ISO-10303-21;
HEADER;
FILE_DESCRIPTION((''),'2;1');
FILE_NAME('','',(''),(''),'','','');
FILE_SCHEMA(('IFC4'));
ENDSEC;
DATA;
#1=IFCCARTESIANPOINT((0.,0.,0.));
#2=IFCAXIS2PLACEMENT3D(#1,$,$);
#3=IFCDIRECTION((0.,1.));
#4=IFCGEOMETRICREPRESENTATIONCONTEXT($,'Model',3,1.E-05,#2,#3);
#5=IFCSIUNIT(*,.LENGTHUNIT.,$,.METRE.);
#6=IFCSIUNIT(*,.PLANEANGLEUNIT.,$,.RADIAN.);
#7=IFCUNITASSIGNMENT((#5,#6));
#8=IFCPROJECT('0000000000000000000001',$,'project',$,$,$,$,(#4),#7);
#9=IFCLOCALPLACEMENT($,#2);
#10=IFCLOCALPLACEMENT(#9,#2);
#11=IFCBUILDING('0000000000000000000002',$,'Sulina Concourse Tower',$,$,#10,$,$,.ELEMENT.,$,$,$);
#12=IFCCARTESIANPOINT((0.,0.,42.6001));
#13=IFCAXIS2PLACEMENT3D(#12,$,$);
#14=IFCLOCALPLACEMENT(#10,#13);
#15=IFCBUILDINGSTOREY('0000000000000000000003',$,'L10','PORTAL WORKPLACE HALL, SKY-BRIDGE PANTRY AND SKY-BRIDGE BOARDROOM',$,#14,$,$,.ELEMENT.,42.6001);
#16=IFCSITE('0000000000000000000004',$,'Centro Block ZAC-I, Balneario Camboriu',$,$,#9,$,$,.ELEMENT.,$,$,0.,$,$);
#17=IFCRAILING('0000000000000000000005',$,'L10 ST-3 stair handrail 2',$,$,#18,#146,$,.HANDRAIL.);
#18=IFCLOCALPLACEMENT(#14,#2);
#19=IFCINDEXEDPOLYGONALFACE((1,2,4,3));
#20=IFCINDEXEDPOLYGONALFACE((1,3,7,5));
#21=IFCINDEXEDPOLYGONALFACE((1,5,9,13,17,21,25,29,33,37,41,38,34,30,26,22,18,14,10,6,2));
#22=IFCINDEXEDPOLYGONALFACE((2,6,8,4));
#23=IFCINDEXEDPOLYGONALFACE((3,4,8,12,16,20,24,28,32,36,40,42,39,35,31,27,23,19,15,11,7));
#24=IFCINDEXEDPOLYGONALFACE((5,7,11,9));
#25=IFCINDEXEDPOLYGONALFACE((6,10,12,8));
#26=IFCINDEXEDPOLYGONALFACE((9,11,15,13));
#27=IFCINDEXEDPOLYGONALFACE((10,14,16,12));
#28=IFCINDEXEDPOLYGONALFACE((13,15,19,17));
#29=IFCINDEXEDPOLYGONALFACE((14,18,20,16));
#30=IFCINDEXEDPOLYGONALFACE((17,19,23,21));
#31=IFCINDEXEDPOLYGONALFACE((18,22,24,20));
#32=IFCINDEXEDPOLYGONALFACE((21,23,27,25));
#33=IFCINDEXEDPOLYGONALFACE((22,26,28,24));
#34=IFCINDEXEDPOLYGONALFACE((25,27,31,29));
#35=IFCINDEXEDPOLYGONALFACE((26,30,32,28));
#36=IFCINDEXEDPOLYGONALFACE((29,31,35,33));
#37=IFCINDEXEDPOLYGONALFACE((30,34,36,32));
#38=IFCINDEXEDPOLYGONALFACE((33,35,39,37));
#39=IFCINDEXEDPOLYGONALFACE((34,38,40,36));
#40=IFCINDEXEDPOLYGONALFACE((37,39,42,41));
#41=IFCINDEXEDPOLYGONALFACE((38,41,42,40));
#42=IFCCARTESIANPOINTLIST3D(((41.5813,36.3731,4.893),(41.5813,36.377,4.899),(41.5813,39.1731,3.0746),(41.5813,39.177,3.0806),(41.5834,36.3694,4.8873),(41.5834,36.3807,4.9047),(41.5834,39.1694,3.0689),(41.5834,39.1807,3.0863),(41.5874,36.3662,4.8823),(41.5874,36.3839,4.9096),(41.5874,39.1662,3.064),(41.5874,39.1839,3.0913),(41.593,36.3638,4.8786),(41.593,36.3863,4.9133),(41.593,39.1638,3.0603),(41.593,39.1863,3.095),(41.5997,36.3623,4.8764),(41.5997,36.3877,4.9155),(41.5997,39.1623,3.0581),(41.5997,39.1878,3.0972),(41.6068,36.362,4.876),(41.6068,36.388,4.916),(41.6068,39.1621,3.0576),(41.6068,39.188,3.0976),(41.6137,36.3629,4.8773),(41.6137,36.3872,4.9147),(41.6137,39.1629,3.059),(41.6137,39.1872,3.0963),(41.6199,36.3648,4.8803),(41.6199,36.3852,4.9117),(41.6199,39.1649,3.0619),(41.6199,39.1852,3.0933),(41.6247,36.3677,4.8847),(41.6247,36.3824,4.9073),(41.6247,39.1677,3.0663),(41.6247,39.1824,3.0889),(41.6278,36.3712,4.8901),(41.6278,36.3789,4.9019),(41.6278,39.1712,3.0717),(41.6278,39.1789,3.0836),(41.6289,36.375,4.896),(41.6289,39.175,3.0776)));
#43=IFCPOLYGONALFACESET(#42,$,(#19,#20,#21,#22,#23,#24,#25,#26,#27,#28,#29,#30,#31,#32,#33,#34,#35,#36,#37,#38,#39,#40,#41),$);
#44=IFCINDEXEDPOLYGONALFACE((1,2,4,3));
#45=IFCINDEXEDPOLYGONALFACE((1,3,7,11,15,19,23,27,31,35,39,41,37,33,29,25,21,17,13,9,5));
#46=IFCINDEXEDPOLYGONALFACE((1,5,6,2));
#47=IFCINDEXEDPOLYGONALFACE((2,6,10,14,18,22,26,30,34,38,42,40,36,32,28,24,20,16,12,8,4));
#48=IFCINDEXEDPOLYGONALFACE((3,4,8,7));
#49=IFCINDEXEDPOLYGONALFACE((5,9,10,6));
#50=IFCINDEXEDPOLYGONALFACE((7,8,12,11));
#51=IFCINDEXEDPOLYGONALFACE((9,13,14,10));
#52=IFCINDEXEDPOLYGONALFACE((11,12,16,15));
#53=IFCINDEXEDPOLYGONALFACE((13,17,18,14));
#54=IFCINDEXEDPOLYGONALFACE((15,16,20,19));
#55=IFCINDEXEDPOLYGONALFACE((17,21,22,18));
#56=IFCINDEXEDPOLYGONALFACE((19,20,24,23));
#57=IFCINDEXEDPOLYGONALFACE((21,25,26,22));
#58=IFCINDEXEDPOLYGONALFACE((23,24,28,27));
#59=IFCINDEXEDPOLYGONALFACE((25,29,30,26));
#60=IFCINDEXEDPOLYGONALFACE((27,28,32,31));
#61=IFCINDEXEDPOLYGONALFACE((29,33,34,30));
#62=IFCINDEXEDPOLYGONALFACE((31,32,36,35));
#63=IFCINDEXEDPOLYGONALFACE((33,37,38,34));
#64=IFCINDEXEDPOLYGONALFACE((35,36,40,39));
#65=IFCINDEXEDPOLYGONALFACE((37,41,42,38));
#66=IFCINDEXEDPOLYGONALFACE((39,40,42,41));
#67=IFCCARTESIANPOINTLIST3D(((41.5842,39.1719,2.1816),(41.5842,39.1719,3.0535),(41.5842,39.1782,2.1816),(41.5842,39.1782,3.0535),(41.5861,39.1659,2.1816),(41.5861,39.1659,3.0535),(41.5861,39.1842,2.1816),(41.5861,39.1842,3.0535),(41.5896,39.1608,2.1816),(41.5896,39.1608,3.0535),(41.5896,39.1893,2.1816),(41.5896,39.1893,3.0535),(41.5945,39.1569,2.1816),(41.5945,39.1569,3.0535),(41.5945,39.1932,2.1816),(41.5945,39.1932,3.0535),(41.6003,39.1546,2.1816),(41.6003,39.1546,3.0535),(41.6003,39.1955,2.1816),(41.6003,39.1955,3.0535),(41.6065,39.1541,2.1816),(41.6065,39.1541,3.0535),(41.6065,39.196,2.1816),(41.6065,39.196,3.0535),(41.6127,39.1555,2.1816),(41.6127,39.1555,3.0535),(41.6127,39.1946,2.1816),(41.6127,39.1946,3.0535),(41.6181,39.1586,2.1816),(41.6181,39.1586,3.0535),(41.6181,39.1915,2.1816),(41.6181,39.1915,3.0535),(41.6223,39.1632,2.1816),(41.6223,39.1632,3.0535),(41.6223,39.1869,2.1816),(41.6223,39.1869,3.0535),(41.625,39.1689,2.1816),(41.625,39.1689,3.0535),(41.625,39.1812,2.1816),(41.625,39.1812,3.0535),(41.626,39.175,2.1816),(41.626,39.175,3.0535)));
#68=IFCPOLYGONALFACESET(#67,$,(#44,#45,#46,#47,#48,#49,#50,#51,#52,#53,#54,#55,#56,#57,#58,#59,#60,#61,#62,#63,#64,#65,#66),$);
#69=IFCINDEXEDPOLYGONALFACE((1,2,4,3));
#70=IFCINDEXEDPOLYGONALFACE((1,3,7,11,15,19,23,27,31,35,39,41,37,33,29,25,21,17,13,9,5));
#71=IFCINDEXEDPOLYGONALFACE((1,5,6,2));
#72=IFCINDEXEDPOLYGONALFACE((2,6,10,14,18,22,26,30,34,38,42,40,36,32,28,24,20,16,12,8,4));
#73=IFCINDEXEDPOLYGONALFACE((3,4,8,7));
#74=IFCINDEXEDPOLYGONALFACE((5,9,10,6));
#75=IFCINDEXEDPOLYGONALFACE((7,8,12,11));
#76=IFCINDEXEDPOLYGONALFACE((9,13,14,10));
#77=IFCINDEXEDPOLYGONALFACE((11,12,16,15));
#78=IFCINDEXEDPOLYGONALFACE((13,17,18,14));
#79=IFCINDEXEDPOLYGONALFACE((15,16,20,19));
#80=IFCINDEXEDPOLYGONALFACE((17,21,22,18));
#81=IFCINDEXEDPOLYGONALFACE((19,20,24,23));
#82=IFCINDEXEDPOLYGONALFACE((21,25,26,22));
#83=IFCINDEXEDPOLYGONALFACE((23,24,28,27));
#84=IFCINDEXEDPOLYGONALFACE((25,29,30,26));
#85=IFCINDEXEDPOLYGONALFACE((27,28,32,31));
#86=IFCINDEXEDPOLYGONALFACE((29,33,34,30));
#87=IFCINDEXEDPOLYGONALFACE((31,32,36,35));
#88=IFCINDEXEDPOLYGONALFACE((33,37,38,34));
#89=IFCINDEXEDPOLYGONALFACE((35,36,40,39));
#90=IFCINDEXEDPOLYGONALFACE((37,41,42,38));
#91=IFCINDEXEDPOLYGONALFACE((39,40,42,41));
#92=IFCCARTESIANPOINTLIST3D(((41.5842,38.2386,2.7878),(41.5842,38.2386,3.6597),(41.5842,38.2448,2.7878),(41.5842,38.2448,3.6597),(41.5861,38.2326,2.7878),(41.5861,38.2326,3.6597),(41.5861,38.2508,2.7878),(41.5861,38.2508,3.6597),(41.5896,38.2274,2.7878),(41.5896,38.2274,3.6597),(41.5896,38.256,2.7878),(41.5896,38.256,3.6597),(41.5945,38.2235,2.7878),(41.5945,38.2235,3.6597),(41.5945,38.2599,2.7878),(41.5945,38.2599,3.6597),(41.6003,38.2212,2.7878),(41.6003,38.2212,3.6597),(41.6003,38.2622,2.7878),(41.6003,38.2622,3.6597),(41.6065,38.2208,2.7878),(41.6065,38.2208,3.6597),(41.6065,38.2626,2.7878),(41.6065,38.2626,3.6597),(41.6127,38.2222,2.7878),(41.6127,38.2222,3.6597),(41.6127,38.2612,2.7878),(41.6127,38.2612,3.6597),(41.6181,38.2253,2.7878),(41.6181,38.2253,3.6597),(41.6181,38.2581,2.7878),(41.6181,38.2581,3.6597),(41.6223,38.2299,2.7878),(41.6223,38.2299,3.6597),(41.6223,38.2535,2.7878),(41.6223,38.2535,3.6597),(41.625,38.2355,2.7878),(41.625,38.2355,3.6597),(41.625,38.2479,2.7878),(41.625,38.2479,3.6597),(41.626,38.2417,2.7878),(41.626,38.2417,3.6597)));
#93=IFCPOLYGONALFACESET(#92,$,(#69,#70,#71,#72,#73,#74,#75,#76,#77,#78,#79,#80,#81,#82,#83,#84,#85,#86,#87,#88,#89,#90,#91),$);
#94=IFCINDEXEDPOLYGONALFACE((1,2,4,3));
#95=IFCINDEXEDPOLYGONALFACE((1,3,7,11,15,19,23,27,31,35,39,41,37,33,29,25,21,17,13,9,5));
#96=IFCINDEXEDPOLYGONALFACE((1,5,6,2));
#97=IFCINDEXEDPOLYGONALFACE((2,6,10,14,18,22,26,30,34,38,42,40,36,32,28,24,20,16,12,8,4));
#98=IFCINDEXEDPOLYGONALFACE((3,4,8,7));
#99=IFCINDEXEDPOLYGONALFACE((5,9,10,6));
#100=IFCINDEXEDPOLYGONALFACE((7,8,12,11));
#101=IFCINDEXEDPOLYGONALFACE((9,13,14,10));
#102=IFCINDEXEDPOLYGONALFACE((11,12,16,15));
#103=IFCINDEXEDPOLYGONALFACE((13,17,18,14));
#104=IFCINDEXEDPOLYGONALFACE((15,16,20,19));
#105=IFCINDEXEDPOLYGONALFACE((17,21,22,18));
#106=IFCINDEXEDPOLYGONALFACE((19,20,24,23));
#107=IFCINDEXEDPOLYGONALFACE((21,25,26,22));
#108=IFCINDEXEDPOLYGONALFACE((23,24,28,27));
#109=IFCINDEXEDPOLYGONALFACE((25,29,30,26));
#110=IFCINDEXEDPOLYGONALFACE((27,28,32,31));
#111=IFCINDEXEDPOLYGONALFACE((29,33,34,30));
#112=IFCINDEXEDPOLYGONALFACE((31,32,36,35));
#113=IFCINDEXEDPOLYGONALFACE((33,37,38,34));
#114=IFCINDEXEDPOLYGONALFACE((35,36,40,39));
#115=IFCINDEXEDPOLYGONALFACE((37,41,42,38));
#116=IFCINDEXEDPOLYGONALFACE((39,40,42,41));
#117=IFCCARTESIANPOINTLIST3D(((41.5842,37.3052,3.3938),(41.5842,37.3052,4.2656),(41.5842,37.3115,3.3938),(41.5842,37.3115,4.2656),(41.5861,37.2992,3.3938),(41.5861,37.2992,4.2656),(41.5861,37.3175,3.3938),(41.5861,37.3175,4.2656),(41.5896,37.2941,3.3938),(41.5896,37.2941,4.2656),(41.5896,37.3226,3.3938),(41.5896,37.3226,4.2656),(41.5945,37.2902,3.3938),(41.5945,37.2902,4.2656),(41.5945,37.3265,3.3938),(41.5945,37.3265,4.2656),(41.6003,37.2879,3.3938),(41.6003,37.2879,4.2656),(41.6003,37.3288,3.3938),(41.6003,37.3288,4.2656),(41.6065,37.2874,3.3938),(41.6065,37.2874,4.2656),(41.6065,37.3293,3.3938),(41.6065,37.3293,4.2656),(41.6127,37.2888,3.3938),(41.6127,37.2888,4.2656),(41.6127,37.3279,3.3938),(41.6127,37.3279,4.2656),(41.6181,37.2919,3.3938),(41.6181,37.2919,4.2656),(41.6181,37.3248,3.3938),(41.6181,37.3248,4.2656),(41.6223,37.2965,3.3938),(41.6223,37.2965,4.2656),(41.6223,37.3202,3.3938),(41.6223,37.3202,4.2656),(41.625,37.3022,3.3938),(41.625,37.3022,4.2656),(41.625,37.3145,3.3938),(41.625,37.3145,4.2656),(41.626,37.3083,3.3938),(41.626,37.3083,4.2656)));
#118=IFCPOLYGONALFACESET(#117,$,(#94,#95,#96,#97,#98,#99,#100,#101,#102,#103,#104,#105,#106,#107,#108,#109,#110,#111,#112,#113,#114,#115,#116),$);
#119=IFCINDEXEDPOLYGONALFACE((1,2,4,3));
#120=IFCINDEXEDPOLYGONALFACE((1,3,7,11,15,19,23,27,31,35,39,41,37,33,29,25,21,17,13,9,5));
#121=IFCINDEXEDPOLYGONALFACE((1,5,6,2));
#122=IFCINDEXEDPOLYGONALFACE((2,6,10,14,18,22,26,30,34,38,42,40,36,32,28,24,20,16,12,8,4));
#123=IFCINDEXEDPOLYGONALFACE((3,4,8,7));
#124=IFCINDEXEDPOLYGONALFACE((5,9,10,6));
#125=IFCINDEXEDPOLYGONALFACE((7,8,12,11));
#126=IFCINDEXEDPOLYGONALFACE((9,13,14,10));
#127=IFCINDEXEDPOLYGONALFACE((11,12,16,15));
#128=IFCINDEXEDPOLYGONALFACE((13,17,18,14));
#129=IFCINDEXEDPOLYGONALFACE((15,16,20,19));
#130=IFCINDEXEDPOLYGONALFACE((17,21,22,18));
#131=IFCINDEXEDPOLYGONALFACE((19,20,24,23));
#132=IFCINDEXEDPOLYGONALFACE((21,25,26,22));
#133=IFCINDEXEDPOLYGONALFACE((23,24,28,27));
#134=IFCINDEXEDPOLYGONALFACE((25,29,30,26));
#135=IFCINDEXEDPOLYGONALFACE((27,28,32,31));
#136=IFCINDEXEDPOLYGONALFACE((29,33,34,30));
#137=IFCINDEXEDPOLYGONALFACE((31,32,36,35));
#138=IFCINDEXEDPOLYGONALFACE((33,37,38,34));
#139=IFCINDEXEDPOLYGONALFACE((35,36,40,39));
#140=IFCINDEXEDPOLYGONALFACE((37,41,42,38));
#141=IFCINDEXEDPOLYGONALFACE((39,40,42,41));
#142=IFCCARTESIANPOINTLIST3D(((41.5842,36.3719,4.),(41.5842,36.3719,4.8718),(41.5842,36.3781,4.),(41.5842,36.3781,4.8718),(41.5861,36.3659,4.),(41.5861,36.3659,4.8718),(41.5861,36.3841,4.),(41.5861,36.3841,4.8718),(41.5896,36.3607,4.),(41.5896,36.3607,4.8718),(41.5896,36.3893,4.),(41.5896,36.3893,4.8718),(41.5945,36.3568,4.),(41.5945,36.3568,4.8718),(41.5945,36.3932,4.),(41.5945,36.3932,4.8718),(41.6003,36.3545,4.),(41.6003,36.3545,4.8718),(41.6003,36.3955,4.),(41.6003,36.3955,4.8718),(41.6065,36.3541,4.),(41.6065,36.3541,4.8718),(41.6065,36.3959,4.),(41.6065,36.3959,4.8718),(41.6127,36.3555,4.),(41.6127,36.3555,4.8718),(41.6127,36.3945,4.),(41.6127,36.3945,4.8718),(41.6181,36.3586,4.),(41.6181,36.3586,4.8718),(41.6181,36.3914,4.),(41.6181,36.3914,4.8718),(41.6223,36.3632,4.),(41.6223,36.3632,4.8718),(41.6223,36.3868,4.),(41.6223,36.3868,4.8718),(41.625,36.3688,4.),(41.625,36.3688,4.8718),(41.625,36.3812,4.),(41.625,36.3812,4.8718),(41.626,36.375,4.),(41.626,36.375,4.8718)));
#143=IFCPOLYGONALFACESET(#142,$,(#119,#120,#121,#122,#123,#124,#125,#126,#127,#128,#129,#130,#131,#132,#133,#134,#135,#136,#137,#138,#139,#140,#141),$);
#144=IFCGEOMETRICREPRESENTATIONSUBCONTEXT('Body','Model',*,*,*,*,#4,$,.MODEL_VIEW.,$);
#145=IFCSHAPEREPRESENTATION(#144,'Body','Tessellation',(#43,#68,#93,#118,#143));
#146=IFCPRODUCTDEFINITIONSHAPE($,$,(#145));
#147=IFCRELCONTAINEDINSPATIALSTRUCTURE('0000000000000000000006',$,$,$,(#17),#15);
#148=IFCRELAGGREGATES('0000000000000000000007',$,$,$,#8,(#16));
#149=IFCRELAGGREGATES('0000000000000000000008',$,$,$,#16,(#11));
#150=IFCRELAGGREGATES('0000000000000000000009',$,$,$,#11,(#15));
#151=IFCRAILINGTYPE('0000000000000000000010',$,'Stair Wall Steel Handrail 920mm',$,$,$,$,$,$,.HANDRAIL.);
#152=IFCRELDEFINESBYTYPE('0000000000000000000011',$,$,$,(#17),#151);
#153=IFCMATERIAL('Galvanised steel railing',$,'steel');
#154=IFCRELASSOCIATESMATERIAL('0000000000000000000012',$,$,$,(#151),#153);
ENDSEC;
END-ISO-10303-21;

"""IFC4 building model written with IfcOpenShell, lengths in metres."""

from ifc_helpers import new_model, si_unit, direction, frame, origin, origin_2d, place, context, subcontext, project, spatial, circle, extrude, material, type_object, element, save


model = new_model("IFC4")

# Units and contexts
model_context = context("Model", 3, precision=1e-05, world=origin(), true_north=direction((0.0, 1.0)))
body_context = subcontext(model_context, "Body", "Model", "MODEL_VIEW")
ifc_project = project(units=[si_unit("LENGTHUNIT", "METRE"), si_unit("PLANEANGLEUNIT", "RADIAN")], contexts=[model_context])

# Site, building, storey
site_placement = place(None, origin())
site = spatial("IfcSite", under=ifc_project, at=site_placement, Name="Centro Block ZAC-I, Balneario Camboriu", CompositionType="ELEMENT", RefElevation=0.0)
building_placement = place(site_placement, origin())
building = spatial("IfcBuilding", under=site, at=building_placement, Name="Sulina Concourse Tower", CompositionType="ELEMENT")
storey_placement = place(building_placement, frame((0.0, 0.0, 42.6001)))
storey = spatial("IfcBuildingStorey", under=building, at=storey_placement, Name="L10", Description="PORTAL WORKPLACE HALL, SKY-BRIDGE PANTRY AND SKY-BRIDGE BOARDROOM", CompositionType="ELEMENT", Elevation=42.6001)

# Railing
ifc_material_1 = material(Name="Galvanised steel railing", Category="steel")
railing_type_1 = type_object("IfcRailingType", Name="Stair Wall Steel Handrail 920mm", PredefinedType="HANDRAIL", material=ifc_material_1)
railing_1_placement = place(storey_placement, frame((41.605, 39.175, 2.1816)))
element("IfcRailing", 1, at=railing_1_placement, inside=storey, type_object=railing_type_1, Name="L10 ST-3 stair handrail 2", PredefinedType="HANDRAIL", context=body_context, shape_type="SweptSolid", body=[
    extrude(circle(Radius=0.0239, at=origin_2d()), frame((0.0, 0.0, 0.896), z_axis=(0.0, -0.838672, 0.544636), x_axis=(1.0, 0.0, 0.0)), (0.0, 0.0, 1.0), 3.3386),
    extrude(circle(Radius=0.021, at=origin_2d()), origin(), (0.0, 0.0, 1.0), 0.8718),
    extrude(circle(Radius=0.021, at=origin_2d()), frame((0.0, -0.9333, 0.6062)), (0.0, 0.0, 1.0), 0.8718),
    extrude(circle(Radius=0.021, at=origin_2d()), frame((0.0, -1.8667, 1.2122)), (0.0, 0.0, 1.0), 0.8718),
    extrude(circle(Radius=0.021, at=origin_2d()), frame((0.0, -2.8, 1.8184)), (0.0, 0.0, 1.0), 0.8718),
])

save(model, "model.ifc")
